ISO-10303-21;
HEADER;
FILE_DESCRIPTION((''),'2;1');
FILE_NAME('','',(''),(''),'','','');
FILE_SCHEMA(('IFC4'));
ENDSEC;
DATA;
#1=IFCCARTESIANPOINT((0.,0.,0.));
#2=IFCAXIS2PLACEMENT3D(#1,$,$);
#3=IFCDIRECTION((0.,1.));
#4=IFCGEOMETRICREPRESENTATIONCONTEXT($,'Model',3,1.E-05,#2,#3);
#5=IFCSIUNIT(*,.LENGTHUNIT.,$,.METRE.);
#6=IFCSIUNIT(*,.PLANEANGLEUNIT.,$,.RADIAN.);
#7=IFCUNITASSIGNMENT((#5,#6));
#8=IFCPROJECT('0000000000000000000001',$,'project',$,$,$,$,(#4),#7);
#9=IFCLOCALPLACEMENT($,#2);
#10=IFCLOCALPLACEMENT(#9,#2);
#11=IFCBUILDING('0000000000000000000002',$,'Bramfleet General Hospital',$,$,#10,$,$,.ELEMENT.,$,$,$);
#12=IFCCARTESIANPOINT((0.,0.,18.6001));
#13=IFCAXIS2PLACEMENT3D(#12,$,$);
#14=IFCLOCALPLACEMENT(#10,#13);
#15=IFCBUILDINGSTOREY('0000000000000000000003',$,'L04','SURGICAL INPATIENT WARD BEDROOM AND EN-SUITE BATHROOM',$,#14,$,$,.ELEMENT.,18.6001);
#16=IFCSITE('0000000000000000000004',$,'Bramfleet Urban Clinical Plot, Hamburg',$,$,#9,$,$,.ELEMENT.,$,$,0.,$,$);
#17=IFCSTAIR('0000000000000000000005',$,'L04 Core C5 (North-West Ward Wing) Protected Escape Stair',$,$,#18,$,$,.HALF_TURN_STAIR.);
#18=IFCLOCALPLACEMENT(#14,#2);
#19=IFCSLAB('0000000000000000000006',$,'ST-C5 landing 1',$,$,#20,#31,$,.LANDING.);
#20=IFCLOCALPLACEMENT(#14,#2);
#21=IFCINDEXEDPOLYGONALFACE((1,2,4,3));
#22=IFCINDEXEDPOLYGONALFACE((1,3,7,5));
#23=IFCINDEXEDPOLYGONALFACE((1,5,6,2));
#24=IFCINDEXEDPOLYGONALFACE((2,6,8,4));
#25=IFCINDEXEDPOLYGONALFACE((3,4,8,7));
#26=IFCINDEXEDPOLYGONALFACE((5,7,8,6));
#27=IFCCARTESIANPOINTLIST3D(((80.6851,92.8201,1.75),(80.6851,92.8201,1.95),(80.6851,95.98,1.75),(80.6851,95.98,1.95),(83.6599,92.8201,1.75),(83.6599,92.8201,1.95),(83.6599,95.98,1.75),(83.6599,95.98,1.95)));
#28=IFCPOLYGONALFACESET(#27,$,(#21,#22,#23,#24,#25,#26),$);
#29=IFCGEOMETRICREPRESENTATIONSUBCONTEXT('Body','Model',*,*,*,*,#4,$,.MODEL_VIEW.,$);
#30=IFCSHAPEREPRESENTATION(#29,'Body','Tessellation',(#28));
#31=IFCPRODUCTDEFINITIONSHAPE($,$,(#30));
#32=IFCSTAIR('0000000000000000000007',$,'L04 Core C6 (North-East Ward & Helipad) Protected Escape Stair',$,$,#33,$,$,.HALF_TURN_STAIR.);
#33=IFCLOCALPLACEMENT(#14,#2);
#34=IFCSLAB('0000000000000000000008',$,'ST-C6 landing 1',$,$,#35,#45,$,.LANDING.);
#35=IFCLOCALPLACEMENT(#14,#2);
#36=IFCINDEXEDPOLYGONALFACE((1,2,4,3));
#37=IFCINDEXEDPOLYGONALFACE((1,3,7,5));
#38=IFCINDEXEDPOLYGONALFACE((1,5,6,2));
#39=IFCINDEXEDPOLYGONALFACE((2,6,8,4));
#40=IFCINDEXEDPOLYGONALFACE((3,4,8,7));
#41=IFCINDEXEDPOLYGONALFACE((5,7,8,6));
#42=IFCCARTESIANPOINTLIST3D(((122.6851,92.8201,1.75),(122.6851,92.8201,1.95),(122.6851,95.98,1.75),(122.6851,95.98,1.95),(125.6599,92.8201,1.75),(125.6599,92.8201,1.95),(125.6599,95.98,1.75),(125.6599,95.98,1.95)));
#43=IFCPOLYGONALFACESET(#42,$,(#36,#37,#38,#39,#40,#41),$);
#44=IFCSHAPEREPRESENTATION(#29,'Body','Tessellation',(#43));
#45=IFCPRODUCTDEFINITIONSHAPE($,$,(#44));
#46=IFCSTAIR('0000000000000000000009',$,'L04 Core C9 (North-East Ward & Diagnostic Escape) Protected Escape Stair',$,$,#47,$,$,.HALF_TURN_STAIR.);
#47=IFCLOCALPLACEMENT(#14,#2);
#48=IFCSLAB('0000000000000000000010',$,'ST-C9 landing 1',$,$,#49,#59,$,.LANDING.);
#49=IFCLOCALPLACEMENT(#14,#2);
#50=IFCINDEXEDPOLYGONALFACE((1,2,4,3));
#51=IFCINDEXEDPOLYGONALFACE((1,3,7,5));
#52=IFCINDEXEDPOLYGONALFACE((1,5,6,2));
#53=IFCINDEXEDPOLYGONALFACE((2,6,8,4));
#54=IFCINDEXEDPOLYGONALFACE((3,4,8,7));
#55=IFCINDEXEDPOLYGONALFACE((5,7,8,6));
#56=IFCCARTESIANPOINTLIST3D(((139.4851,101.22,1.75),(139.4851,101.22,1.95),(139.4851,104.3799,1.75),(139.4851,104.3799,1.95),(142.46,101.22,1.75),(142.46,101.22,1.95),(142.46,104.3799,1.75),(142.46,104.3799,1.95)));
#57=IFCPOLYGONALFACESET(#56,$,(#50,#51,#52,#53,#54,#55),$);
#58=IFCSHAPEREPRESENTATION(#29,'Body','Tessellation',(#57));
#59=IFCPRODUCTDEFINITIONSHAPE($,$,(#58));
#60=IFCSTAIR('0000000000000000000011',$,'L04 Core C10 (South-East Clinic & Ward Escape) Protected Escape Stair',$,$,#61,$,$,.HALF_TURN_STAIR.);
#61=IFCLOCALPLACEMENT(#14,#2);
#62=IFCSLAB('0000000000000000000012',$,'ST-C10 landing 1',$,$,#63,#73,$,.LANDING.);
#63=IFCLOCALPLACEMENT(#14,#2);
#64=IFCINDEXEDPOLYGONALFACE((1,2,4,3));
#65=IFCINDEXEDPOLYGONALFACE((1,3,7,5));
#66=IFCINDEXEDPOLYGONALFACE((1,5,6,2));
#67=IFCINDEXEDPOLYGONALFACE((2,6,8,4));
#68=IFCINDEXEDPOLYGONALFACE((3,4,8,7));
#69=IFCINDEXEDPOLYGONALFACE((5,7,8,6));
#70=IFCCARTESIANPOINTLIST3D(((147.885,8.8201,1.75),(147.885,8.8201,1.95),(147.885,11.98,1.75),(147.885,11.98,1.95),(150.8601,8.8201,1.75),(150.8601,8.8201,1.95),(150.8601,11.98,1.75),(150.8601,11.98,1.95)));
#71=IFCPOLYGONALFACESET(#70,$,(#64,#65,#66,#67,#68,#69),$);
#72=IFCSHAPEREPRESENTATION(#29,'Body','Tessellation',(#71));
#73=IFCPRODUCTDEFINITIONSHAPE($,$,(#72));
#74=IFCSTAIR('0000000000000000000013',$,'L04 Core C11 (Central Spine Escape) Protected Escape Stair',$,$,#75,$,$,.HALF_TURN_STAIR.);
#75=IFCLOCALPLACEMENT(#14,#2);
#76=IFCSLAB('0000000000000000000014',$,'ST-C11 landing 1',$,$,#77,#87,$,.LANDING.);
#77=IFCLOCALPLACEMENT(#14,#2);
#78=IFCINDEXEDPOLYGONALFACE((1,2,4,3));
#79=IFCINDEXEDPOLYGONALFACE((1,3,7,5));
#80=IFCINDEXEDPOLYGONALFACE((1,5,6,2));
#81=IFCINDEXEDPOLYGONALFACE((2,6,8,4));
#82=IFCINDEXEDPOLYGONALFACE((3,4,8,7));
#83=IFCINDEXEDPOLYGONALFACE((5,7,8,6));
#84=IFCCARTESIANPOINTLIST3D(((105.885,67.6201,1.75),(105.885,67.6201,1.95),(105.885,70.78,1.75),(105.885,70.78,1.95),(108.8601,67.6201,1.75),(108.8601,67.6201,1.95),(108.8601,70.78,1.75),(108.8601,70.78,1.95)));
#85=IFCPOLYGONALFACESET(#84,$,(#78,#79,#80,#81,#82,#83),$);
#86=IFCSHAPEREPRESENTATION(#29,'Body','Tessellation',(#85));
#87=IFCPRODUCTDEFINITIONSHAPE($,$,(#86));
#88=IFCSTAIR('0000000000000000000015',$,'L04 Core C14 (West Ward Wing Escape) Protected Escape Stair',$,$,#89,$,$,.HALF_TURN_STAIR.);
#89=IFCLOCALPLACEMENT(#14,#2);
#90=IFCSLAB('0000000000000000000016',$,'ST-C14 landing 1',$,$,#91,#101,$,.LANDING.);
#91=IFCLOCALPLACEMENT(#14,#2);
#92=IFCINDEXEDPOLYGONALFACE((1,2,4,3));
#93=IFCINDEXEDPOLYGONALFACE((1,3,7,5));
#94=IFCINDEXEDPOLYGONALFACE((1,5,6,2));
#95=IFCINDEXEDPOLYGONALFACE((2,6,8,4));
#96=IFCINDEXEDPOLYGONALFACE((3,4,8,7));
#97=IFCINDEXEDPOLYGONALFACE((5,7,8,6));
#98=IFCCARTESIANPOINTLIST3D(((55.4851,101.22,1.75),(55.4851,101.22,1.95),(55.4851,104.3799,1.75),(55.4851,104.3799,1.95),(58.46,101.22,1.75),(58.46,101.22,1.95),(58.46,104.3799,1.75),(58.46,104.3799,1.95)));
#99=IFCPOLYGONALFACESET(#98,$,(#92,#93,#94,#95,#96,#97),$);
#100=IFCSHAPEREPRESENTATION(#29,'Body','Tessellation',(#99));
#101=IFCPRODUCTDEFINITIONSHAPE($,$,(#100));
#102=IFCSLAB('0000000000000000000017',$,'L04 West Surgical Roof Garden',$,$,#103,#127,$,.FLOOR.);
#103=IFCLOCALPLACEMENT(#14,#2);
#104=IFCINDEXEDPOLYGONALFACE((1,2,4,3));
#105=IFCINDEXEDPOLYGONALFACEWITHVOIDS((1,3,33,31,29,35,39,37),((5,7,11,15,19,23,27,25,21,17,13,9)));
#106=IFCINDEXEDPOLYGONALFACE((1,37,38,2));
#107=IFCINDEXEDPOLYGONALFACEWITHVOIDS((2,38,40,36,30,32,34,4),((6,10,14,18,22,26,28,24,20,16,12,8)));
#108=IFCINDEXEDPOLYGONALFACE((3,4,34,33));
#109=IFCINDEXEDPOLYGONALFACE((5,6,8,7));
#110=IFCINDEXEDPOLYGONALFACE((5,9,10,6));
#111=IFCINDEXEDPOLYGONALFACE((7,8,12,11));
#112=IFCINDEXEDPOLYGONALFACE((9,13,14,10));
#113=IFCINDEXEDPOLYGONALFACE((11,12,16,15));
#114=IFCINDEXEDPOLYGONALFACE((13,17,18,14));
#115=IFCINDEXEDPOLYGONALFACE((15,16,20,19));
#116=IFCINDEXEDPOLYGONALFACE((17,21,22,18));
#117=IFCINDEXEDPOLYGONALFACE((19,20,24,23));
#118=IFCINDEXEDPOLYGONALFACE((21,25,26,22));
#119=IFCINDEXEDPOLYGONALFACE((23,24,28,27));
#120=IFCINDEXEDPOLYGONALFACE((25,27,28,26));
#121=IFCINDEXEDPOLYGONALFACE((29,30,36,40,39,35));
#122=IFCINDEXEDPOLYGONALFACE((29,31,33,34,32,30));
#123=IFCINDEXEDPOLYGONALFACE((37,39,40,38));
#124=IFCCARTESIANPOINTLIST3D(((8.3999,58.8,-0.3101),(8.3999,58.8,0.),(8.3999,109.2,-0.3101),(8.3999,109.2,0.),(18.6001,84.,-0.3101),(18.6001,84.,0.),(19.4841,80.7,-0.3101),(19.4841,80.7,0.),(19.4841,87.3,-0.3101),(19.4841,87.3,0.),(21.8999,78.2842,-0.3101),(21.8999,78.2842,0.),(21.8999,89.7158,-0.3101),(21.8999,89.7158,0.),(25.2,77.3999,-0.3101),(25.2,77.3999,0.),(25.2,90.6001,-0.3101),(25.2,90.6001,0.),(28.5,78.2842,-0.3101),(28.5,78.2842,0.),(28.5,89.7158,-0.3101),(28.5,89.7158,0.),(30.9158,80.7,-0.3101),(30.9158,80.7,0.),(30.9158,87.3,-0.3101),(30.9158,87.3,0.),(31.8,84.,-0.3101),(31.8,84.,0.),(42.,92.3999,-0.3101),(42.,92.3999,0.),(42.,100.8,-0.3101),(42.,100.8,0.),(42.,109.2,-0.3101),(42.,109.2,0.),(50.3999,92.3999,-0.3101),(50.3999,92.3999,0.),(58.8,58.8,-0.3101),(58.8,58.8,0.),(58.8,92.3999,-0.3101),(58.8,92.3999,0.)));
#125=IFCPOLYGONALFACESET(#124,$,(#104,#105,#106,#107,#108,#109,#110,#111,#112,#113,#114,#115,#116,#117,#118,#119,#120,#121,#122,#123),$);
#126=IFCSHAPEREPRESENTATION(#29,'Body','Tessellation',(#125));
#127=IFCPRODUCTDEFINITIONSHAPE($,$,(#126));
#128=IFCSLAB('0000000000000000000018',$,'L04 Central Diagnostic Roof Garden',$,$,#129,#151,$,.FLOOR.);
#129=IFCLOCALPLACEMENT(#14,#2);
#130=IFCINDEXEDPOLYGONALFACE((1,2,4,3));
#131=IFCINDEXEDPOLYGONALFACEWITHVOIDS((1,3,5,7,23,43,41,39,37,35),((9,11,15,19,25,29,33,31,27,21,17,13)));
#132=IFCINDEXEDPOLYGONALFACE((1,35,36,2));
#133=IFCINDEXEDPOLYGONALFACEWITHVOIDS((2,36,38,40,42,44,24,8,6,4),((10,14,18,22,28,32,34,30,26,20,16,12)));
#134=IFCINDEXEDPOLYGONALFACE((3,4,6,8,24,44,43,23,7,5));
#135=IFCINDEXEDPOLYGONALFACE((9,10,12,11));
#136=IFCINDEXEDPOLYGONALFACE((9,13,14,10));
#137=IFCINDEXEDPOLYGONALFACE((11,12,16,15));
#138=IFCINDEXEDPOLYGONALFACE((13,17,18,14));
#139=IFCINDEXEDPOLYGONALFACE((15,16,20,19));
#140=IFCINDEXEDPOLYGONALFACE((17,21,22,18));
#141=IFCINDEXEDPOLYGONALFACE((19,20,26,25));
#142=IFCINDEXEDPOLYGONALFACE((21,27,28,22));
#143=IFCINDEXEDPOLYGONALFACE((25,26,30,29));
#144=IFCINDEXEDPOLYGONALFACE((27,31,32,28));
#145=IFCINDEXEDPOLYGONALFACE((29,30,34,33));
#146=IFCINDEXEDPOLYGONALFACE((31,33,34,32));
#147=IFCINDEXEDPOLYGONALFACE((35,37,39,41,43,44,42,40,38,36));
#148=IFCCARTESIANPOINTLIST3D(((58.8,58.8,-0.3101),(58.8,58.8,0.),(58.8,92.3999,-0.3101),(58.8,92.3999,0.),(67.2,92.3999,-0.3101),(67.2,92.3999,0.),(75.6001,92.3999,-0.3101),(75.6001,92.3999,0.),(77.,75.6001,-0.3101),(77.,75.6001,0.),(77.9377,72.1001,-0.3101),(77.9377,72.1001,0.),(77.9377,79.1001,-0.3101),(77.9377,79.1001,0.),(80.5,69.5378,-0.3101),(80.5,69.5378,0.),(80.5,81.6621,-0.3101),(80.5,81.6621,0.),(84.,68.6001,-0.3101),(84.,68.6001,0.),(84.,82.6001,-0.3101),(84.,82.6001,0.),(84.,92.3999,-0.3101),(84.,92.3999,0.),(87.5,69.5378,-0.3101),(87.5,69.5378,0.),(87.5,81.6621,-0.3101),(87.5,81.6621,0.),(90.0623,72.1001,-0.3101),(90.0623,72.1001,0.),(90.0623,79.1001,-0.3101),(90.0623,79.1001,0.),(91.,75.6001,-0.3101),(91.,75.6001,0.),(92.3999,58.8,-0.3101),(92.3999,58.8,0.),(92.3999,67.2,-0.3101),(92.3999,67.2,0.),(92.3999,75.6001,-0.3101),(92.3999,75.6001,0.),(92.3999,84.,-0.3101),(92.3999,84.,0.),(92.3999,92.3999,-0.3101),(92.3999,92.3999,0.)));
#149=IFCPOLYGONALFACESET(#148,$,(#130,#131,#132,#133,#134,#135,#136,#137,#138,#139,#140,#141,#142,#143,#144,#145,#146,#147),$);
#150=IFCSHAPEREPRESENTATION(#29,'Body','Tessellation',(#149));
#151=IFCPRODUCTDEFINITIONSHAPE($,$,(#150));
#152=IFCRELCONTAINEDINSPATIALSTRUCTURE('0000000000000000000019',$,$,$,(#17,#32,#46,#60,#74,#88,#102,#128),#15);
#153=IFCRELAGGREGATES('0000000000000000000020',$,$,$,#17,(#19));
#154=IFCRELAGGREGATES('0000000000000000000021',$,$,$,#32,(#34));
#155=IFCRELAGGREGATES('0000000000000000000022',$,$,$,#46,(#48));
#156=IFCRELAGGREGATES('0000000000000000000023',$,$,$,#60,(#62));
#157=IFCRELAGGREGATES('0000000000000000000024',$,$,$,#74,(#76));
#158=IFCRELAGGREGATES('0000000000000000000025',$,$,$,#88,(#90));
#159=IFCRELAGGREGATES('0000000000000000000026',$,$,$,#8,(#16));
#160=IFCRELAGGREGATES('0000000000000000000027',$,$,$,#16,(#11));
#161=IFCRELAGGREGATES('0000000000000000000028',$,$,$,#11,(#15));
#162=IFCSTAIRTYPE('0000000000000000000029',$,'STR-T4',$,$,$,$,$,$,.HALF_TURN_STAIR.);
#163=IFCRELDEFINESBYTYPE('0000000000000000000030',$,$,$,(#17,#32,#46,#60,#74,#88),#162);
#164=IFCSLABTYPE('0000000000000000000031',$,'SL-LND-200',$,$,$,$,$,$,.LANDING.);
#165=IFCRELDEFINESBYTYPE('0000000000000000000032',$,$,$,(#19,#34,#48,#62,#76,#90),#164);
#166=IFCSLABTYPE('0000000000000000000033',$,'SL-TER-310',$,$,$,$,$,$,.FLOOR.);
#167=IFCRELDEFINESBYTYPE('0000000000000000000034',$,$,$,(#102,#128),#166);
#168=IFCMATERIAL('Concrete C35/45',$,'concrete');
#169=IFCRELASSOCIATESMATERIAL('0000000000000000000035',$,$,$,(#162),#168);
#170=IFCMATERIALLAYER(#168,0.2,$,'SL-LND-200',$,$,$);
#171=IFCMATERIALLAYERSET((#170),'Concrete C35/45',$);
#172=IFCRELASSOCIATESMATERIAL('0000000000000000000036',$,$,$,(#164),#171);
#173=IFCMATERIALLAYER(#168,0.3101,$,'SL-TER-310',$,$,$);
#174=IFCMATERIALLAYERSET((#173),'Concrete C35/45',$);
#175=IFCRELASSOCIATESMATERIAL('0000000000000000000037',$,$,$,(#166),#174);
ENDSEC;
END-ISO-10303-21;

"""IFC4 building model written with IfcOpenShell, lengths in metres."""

from ifc_helpers import new_model, si_unit, direction, frame, origin, place, context, subcontext, project, spatial, polyline, outline, extrude, material, layer, layer_set, type_object, element, aggregate, save


model = new_model("IFC4")

# Units and contexts
model_context = context("Model", 3, precision=1e-05, world=origin(), true_north=direction((0.0, 1.0)))
body_context = subcontext(model_context, "Body", "Model", "MODEL_VIEW")
ifc_project = project(units=[si_unit("LENGTHUNIT", "METRE"), si_unit("PLANEANGLEUNIT", "RADIAN")], contexts=[model_context])

# Site, building, storey
site_placement = place(None, origin())
site = spatial("IfcSite", under=ifc_project, at=site_placement, Name="Bramfleet Urban Clinical Plot, Hamburg", CompositionType="ELEMENT", RefElevation=0.0)
building_placement = place(site_placement, origin())
building = spatial("IfcBuilding", under=site, at=building_placement, Name="Bramfleet General Hospital", CompositionType="ELEMENT")
storey_placement = place(building_placement, frame((0.0, 0.0, 18.6001)))
storey = spatial("IfcBuildingStorey", under=building, at=storey_placement, Name="L04", Description="SURGICAL INPATIENT WARD BEDROOM AND EN-SUITE BATHROOM", CompositionType="ELEMENT", Elevation=18.6001)

# Shared definitions
ifc_material_1 = material(Name="Concrete C35/45", Category="concrete")

# Stairs, slabs
stair_type = type_object("IfcStairType", Name="STR-T4", PredefinedType="HALF_TURN_STAIR", material=ifc_material_1)
ifc_layer_1 = layer(ifc_material_1, 0.2, Name="SL-LND-200")
ifc_layer_set_1 = layer_set([ifc_layer_1], Name="Concrete C35/45")
slab_type_1 = type_object("IfcSlabType", Name="SL-LND-200", PredefinedType="LANDING", material=ifc_layer_set_1)
stair_1_placement = place(storey_placement, origin())
stair_1 = element("IfcStair", 1, at=stair_1_placement, inside=storey, type_object=stair_type, Name="L04 Core C5 (North-West Ward Wing) Protected Escape Stair", PredefinedType="HALF_TURN_STAIR")
slab_1_placement = place(storey_placement, frame((0.0, 0.0, 1.75)))
slab_1 = element("IfcSlab", 2, at=slab_1_placement, type_object=slab_type_1, Name="ST-C5 landing 1", PredefinedType="LANDING", context=body_context, shape_type="SweptSolid", body=[
    extrude(outline(polyline([(80.6851, 92.8201), (83.6599, 92.8201), (83.6599, 95.98), (80.6851, 95.98), (80.6851, 92.8201)])), origin(), (0.0, 0.0, 1.0), 0.2),
])
aggregate(stair_1, [slab_1])
stair_2_placement = place(storey_placement, origin())
stair_2 = element("IfcStair", 3, at=stair_2_placement, inside=storey, type_object=stair_type, Name="L04 Core C6 (North-East Ward & Helipad) Protected Escape Stair", PredefinedType="HALF_TURN_STAIR")
slab_2_placement = place(storey_placement, frame((0.0, 0.0, 1.75)))
slab_2 = element("IfcSlab", 4, at=slab_2_placement, type_object=slab_type_1, Name="ST-C6 landing 1", PredefinedType="LANDING", context=body_context, shape_type="SweptSolid", body=[
    extrude(outline(polyline([(122.6851, 92.8201), (125.6599, 92.8201), (125.6599, 95.98), (122.6851, 95.98), (122.6851, 92.8201)])), origin(), (0.0, 0.0, 1.0), 0.2),
])
aggregate(stair_2, [slab_2])
stair_3_placement = place(storey_placement, origin())
stair_3 = element("IfcStair", 5, at=stair_3_placement, inside=storey, type_object=stair_type, Name="L04 Core C9 (North-East Ward & Diagnostic Escape) Protected Escape Stair", PredefinedType="HALF_TURN_STAIR")
slab_3_placement = place(storey_placement, frame((0.0, 0.0, 1.75)))
slab_3 = element("IfcSlab", 6, at=slab_3_placement, type_object=slab_type_1, Name="ST-C9 landing 1", PredefinedType="LANDING", context=body_context, shape_type="SweptSolid", body=[
    extrude(outline(polyline([(139.4851, 101.22), (142.46, 101.22), (142.46, 104.3799), (139.4851, 104.3799), (139.4851, 101.22)])), origin(), (0.0, 0.0, 1.0), 0.2),
])
aggregate(stair_3, [slab_3])
stair_4_placement = place(storey_placement, origin())
stair_4 = element("IfcStair", 7, at=stair_4_placement, inside=storey, type_object=stair_type, Name="L04 Core C10 (South-East Clinic & Ward Escape) Protected Escape Stair", PredefinedType="HALF_TURN_STAIR")
slab_4_placement = place(storey_placement, frame((0.0, 0.0, 1.75)))
slab_4 = element("IfcSlab", 8, at=slab_4_placement, type_object=slab_type_1, Name="ST-C10 landing 1", PredefinedType="LANDING", context=body_context, shape_type="SweptSolid", body=[
    extrude(outline(polyline([(147.885, 8.8201), (150.8601, 8.8201), (150.8601, 11.98), (147.885, 11.98), (147.885, 8.8201)])), origin(), (0.0, 0.0, 1.0), 0.2),
])
aggregate(stair_4, [slab_4])
stair_5_placement = place(storey_placement, origin())
stair_5 = element("IfcStair", 9, at=stair_5_placement, inside=storey, type_object=stair_type, Name="L04 Core C11 (Central Spine Escape) Protected Escape Stair", PredefinedType="HALF_TURN_STAIR")
slab_5_placement = place(storey_placement, frame((0.0, 0.0, 1.75)))
slab_5 = element("IfcSlab", 10, at=slab_5_placement, type_object=slab_type_1, Name="ST-C11 landing 1", PredefinedType="LANDING", context=body_context, shape_type="SweptSolid", body=[
    extrude(outline(polyline([(105.885, 67.6201), (108.8601, 67.6201), (108.8601, 70.78), (105.885, 70.78), (105.885, 67.6201)])), origin(), (0.0, 0.0, 1.0), 0.2),
])
aggregate(stair_5, [slab_5])
stair_6_placement = place(storey_placement, origin())
stair_6 = element("IfcStair", 11, at=stair_6_placement, inside=storey, type_object=stair_type, Name="L04 Core C14 (West Ward Wing Escape) Protected Escape Stair", PredefinedType="HALF_TURN_STAIR")
slab_6_placement = place(storey_placement, frame((0.0, 0.0, 1.75)))
slab_6 = element("IfcSlab", 12, at=slab_6_placement, type_object=slab_type_1, Name="ST-C14 landing 1", PredefinedType="LANDING", context=body_context, shape_type="SweptSolid", body=[
    extrude(outline(polyline([(55.4851, 101.22), (58.46, 101.22), (58.46, 104.3799), (55.4851, 104.3799), (55.4851, 101.22)])), origin(), (0.0, 0.0, 1.0), 0.2),
])
aggregate(stair_6, [slab_6])

# Slabs
ifc_layer_2 = layer(ifc_material_1, 0.3101, Name="SL-TER-310")
ifc_layer_set_2 = layer_set([ifc_layer_2], Name="Concrete C35/45")
slab_type_2 = type_object("IfcSlabType", Name="SL-TER-310", PredefinedType="FLOOR", material=ifc_layer_set_2)
slab_7_placement = place(storey_placement, frame((0.0, 0.0, -0.3101)))
element("IfcSlab", 13, at=slab_7_placement, inside=storey, type_object=slab_type_2, Name="L04 West Surgical Roof Garden", PredefinedType="FLOOR", context=body_context, shape_type="SweptSolid", body=[
    extrude(outline(polyline([(8.3999, 58.8), (8.3999, 109.2), (42.0, 109.2), (42.0, 100.8), (42.0, 92.3999), (50.3999, 92.3999), (58.8, 92.3999), (58.8, 58.8), (8.3999, 58.8)]), holes=[polyline([(19.4841, 80.7), (21.8999, 78.2842), (25.2, 77.3999), (28.5, 78.2842), (30.9158, 80.7), (31.8, 84.0), (30.9158, 87.3), (28.5, 89.7158), (25.2, 90.6001), (21.8999, 89.7158), (19.4841, 87.3), (18.6001, 84.0), (19.4841, 80.7)])]), origin(), (0.0, 0.0, 1.0), 0.3101),
])
slab_8_placement = place(storey_placement, frame((0.0, 0.0, -0.3101)))
element("IfcSlab", 14, at=slab_8_placement, inside=storey, type_object=slab_type_2, Name="L04 Central Diagnostic Roof Garden", PredefinedType="FLOOR", context=body_context, shape_type="SweptSolid", body=[
    extrude(outline(polyline([(58.8, 58.8), (58.8, 92.3999), (67.2, 92.3999), (75.6001, 92.3999), (84.0, 92.3999), (92.3999, 92.3999), (92.3999, 84.0), (92.3999, 75.6001), (92.3999, 67.2), (92.3999, 58.8), (58.8, 58.8)]), holes=[polyline([(77.9377, 72.1001), (80.5, 69.5378), (84.0, 68.6001), (87.5, 69.5378), (90.0623, 72.1001), (91.0, 75.6001), (90.0623, 79.1001), (87.5, 81.6621), (84.0, 82.6001), (80.5, 81.6621), (77.9377, 79.1001), (77.0, 75.6001), (77.9377, 72.1001)])]), origin(), (0.0, 0.0, 1.0), 0.3101),
])

save(model, "model.ifc")
